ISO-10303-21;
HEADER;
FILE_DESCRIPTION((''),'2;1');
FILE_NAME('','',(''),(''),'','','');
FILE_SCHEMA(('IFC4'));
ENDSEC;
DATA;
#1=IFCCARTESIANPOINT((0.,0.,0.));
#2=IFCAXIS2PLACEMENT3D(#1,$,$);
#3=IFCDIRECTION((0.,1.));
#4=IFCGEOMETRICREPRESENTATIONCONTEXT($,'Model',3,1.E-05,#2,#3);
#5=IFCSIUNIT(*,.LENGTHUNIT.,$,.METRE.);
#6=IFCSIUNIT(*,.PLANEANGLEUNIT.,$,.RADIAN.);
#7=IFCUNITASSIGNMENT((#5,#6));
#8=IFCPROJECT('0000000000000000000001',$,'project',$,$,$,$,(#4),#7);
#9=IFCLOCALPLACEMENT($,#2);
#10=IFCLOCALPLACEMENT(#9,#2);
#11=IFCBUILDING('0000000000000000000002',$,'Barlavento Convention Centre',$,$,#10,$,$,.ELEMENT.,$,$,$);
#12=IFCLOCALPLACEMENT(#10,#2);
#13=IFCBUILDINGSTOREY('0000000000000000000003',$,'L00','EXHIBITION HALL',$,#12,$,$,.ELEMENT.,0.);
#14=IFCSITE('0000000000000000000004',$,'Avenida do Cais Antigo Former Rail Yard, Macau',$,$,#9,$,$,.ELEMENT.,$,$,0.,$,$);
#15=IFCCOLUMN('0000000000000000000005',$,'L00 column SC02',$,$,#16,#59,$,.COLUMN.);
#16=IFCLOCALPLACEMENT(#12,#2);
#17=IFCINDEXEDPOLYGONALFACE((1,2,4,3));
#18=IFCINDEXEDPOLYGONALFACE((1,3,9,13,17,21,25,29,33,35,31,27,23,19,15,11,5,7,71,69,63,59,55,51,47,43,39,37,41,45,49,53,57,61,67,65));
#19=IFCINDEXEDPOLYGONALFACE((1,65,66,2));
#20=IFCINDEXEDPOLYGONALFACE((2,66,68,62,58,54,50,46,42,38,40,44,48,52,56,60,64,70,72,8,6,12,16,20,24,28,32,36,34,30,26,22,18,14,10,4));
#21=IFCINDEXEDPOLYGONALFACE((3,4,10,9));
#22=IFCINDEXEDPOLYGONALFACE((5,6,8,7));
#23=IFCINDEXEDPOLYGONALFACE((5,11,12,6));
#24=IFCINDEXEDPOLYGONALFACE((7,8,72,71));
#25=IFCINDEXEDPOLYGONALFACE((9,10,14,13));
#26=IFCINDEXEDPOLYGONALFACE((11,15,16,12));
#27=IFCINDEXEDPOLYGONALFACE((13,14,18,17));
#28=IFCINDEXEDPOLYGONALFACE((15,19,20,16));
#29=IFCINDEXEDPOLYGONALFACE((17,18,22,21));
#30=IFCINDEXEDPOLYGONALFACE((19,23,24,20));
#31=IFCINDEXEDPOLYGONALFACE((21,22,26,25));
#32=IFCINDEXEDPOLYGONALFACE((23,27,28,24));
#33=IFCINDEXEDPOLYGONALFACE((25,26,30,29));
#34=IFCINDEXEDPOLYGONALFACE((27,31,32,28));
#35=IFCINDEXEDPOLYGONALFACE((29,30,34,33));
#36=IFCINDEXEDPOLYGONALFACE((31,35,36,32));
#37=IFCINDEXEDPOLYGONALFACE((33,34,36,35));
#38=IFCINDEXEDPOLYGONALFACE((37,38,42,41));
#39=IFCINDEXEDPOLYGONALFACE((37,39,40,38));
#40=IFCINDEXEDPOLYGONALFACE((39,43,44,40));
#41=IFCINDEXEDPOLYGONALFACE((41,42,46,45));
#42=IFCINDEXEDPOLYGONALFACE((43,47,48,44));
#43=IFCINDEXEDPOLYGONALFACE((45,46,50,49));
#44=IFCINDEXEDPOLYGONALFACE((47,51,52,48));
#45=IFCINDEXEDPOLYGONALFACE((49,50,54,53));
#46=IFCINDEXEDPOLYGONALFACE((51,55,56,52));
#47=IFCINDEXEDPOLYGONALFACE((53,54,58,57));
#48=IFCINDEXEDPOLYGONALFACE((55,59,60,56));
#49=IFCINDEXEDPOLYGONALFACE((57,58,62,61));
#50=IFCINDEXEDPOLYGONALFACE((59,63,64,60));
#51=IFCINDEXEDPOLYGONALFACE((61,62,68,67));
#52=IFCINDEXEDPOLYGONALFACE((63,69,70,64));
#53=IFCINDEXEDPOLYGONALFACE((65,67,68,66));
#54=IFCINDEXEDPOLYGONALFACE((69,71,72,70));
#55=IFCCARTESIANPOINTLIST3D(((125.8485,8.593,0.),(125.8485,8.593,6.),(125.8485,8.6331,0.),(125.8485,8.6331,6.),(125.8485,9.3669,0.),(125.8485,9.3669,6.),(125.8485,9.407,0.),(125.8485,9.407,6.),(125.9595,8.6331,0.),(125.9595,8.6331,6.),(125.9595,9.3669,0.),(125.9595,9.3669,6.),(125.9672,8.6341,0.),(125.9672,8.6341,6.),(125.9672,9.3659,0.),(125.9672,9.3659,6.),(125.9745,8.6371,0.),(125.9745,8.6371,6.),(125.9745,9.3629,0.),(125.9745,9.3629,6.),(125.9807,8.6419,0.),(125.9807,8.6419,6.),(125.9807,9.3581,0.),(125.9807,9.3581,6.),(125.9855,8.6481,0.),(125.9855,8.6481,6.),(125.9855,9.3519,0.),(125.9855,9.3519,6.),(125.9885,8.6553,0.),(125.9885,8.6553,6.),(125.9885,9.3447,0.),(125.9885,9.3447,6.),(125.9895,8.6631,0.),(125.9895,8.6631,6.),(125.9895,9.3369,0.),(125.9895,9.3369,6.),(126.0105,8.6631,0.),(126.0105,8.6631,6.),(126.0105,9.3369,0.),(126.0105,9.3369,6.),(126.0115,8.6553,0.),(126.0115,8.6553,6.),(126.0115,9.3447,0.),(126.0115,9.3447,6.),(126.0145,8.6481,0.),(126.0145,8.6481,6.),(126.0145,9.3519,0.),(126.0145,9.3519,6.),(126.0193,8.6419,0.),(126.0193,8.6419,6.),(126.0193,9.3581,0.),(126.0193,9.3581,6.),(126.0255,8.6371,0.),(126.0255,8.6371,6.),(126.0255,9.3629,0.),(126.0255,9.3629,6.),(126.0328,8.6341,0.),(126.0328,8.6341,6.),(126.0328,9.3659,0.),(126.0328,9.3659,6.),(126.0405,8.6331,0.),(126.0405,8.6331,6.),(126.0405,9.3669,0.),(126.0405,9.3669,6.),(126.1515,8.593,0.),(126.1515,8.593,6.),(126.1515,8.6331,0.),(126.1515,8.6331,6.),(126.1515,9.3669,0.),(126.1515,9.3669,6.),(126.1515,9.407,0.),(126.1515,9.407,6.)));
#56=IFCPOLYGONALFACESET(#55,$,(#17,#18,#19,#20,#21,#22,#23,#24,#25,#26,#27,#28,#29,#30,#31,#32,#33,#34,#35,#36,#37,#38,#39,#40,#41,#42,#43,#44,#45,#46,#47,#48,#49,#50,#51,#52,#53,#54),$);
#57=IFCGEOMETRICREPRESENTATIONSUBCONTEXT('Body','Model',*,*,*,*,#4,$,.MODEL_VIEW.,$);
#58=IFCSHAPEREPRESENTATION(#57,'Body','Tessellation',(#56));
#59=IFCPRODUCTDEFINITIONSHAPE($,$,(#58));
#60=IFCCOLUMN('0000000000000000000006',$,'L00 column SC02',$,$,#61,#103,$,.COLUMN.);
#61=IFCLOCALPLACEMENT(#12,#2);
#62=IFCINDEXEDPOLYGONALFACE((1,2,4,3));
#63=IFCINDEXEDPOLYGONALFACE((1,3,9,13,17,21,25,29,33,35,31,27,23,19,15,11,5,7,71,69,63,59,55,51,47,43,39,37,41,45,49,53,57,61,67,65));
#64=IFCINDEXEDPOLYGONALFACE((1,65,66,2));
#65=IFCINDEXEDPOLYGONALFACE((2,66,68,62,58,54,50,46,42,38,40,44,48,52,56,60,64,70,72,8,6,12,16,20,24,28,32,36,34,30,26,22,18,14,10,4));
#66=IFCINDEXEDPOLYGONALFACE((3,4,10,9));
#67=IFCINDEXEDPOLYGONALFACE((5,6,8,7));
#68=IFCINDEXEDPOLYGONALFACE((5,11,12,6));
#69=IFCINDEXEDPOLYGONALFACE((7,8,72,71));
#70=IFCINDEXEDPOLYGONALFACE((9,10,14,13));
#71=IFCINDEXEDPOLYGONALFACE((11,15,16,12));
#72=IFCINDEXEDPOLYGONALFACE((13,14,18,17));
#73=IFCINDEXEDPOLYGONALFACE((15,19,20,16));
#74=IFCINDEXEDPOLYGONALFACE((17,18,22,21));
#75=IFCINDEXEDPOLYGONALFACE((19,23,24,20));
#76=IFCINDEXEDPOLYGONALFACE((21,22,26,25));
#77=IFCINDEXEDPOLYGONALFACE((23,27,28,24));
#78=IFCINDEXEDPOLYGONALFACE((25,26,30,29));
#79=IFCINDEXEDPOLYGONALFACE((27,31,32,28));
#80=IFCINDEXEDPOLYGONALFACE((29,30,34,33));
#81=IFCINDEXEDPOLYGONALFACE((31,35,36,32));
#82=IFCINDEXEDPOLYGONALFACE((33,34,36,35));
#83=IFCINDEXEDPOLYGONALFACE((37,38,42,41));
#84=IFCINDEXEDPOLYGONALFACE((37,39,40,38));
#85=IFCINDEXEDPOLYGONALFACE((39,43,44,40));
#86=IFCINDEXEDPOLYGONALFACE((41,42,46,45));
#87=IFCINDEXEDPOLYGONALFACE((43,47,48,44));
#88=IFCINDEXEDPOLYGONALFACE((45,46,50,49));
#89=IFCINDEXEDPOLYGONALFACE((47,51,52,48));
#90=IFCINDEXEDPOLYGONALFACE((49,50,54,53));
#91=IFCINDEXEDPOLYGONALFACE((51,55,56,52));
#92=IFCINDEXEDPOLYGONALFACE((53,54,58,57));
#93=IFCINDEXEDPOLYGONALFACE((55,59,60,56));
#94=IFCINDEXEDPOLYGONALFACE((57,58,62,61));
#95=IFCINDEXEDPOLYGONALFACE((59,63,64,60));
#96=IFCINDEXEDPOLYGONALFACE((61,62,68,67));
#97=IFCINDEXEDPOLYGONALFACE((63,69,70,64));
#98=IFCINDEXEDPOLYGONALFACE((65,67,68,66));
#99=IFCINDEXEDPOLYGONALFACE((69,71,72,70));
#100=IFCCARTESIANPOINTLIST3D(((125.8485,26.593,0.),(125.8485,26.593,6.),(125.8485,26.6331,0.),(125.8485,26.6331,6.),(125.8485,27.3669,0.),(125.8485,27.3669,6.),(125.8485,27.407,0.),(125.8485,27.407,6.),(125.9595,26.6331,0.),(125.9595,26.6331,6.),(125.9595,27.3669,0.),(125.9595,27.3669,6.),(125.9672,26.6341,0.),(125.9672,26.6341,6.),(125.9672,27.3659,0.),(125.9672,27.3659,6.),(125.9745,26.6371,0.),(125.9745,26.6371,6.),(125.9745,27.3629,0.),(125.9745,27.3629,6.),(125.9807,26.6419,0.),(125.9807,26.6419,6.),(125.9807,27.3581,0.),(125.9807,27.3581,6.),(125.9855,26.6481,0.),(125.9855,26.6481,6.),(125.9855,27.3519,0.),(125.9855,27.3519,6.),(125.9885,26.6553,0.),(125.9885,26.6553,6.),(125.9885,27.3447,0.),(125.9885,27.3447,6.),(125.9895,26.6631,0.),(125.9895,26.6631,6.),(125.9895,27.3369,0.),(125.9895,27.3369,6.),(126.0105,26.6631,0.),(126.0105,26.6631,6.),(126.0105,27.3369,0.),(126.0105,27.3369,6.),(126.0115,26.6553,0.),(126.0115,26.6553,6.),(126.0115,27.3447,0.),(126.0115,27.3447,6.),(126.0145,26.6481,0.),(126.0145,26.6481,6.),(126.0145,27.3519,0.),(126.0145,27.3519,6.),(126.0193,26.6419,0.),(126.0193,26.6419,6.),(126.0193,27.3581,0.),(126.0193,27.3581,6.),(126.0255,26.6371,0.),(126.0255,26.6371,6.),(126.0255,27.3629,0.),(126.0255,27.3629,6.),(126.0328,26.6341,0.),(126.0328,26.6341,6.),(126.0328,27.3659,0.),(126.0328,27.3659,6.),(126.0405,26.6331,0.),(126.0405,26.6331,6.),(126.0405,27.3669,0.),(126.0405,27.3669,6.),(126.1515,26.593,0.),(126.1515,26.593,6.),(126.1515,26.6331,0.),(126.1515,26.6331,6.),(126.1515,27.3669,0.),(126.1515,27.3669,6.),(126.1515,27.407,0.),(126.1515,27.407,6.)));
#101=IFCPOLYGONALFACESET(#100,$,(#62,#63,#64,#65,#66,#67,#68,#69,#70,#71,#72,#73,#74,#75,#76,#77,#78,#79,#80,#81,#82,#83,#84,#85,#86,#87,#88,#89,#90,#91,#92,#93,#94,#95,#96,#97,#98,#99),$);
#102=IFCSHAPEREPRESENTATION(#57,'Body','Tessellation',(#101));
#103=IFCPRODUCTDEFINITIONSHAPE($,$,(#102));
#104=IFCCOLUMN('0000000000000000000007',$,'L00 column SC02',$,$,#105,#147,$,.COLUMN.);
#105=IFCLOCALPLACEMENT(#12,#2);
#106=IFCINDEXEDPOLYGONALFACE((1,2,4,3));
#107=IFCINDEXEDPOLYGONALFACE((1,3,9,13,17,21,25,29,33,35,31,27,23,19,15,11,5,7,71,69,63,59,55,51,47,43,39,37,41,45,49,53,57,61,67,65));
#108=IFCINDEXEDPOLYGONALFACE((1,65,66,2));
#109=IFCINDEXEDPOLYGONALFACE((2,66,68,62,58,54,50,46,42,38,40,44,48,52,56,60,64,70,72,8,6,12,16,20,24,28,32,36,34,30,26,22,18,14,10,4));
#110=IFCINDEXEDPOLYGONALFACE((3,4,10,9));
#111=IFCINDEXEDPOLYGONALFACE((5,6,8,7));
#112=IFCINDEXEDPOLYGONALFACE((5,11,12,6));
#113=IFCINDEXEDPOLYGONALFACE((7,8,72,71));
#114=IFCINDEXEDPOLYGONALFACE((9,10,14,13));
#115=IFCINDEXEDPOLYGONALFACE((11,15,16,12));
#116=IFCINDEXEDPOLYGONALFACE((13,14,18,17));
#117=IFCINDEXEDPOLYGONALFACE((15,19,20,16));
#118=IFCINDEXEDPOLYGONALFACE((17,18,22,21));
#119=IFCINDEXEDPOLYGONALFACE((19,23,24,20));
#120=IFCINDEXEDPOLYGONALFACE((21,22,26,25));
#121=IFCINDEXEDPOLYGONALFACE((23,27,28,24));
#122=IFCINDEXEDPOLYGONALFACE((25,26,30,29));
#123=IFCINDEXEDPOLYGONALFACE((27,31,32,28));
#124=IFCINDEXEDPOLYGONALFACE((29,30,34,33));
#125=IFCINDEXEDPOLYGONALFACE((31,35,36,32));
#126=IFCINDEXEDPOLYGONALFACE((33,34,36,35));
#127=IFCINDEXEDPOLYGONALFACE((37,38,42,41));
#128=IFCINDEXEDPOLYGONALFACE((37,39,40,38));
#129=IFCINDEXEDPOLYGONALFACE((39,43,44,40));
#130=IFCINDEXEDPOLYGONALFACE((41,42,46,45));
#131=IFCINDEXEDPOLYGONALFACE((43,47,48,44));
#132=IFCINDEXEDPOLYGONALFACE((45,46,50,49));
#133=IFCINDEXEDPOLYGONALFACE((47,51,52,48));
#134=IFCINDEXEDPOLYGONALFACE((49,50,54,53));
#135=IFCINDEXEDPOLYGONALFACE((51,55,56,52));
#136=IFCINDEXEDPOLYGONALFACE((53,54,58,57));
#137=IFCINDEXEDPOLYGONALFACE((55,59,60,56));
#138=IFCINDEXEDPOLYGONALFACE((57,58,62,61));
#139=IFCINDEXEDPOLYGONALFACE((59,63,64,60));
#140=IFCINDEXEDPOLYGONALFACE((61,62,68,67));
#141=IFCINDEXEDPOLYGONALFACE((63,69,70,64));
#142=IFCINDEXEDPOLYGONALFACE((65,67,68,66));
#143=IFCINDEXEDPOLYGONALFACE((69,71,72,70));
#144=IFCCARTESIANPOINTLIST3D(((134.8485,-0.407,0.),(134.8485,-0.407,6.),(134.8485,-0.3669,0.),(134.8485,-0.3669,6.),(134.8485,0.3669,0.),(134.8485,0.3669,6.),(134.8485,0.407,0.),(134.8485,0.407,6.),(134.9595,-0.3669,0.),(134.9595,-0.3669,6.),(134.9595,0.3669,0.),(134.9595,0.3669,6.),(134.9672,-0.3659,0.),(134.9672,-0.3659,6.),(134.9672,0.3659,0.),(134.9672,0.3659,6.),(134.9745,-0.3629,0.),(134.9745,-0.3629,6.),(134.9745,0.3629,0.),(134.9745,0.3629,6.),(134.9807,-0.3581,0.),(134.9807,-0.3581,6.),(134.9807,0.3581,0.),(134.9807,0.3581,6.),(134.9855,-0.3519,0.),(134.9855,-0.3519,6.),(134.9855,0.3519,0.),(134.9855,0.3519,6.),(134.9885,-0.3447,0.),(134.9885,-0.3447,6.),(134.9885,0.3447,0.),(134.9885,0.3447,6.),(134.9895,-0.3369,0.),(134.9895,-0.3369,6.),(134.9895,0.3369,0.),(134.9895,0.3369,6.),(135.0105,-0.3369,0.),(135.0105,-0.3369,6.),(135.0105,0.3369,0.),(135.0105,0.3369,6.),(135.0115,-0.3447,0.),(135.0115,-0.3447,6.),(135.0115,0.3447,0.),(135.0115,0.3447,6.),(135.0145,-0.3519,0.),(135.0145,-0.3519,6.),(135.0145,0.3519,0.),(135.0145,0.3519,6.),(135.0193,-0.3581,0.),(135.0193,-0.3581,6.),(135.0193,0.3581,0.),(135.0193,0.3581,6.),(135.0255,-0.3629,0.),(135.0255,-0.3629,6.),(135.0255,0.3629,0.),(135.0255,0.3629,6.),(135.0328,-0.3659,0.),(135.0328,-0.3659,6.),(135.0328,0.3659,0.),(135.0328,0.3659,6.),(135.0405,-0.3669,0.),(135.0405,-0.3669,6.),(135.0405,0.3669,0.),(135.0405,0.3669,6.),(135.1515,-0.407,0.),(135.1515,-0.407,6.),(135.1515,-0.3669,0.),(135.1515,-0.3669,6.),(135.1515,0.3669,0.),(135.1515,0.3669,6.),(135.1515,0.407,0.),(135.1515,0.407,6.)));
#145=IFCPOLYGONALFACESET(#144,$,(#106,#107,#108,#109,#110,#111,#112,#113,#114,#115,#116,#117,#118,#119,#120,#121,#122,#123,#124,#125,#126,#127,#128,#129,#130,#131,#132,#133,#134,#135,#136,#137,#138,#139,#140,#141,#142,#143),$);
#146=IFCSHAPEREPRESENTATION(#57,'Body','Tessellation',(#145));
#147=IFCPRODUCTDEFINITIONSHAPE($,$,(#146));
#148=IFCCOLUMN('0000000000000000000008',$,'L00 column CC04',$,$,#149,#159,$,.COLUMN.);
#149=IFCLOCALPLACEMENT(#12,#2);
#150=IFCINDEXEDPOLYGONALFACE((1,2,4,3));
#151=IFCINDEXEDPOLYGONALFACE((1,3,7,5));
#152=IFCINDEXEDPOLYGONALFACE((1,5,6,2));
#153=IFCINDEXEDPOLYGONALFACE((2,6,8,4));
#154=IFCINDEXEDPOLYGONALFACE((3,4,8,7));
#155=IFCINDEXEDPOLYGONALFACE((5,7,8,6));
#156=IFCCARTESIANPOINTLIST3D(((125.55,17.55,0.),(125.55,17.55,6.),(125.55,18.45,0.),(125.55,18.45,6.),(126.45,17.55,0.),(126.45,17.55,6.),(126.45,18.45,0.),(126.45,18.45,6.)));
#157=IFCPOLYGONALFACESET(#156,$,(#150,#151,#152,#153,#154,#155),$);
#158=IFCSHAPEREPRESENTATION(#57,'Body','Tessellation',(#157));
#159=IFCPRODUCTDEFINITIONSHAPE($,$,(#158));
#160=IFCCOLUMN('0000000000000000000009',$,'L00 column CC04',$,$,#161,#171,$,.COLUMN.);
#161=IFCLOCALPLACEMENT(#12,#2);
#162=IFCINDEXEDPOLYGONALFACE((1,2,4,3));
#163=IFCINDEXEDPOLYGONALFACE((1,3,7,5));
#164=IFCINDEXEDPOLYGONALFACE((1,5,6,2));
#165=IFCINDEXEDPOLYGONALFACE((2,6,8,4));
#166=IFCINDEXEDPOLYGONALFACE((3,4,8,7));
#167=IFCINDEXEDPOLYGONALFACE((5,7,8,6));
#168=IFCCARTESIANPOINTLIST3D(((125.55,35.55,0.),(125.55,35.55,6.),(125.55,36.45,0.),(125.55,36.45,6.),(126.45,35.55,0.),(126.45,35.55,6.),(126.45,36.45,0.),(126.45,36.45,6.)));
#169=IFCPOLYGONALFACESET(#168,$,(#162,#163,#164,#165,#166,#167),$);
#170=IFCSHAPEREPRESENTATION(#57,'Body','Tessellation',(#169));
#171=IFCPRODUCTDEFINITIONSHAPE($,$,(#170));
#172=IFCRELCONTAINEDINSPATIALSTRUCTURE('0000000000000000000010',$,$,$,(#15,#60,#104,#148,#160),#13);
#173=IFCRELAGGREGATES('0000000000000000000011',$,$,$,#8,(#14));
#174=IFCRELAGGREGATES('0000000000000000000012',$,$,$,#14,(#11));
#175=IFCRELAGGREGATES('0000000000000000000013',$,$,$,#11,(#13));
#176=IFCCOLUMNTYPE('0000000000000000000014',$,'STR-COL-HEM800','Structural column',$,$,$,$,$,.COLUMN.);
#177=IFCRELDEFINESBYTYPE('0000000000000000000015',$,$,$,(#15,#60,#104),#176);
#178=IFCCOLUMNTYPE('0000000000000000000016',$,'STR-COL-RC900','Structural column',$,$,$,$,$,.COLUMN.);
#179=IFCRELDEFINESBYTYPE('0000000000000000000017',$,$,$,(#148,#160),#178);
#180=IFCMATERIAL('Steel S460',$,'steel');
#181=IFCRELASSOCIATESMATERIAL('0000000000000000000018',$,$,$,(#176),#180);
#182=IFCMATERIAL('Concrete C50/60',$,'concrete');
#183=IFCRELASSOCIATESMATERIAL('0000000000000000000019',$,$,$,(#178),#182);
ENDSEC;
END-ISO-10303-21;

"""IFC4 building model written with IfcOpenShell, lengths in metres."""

from ifc_helpers import new_model, si_unit, direction, frame, origin, origin_2d, place, context, subcontext, project, spatial, rectangle, i_section, extrude, material, material_profile, profile_set, type_object, element, save


model = new_model("IFC4")

# Units and contexts
model_context = context("Model", 3, precision=1e-05, world=origin(), true_north=direction((0.0, 1.0)))
body_context = subcontext(model_context, "Body", "Model", "MODEL_VIEW")
ifc_project = project(units=[si_unit("LENGTHUNIT", "METRE"), si_unit("PLANEANGLEUNIT", "RADIAN")], contexts=[model_context])

# Site, building, storey
site_placement = place(None, origin())
site = spatial("IfcSite", under=ifc_project, at=site_placement, Name="Avenida do Cais Antigo Former Rail Yard, Macau", CompositionType="ELEMENT", RefElevation=0.0)
building_placement = place(site_placement, origin())
building = spatial("IfcBuilding", under=site, at=building_placement, Name="Barlavento Convention Centre", CompositionType="ELEMENT")
storey_placement = place(building_placement, origin())
storey = spatial("IfcBuildingStorey", under=building, at=storey_placement, Name="L00", Description="EXHIBITION HALL", CompositionType="ELEMENT", Elevation=0.0)

# Columns
ifc_material_1 = material(Name="Steel S460", Category="steel")
ifc_material_profile_1 = material_profile(ifc_material_1, i_section(OverallWidth=0.303, OverallDepth=0.814, WebThickness=0.021, FlangeThickness=0.04, FilletRadius=0.03, at=origin_2d()), Name="HEM 800")
ifc_profile_set_1 = profile_set([ifc_material_profile_1], Name="Steel S460")
column_type_1 = type_object("IfcColumnType", Name="STR-COL-HEM800", Description="Structural column", PredefinedType="COLUMN", material=ifc_profile_set_1)
for number, where, z_axis, x_axis, name in (
    (1, (126.0, 9.0, 0.0), (0.0, 0.0, 1.0), (1.0, 0.0, 0.0), "L00 column SC02"),
    (2, (126.0, 27.0, 0.0), (0.0, 0.0, 1.0), (1.0, 0.0, 0.0), "L00 column SC02"),
    (3, (135.0, 0.0, 0.0), (0.0, 0.0, 1.0), (1.0, 0.0, 0.0), "L00 column SC02"),
):
    element("IfcColumn", number, at=place(storey_placement, frame(where, z_axis=z_axis, x_axis=x_axis)), inside=storey, type_object=column_type_1, Name=name, PredefinedType="COLUMN", context=body_context, shape_type="SweptSolid", body=[
        extrude(i_section(OverallWidth=0.303, OverallDepth=0.814, WebThickness=0.021, FlangeThickness=0.04, FilletRadius=0.03, at=origin_2d()), origin(), (0.0, 0.0, 1.0), 6.0),
    ])
ifc_material_2 = material(Name="Concrete C50/60", Category="concrete")
ifc_material_profile_2 = material_profile(ifc_material_2, rectangle(XDim=0.8999, YDim=0.8999, at=origin_2d()), Name="RC 900x900")
ifc_profile_set_2 = profile_set([ifc_material_profile_2], Name="Concrete C50/60")
column_type_2 = type_object("IfcColumnType", Name="STR-COL-RC900", Description="Structural column", PredefinedType="COLUMN", material=ifc_profile_set_2)
for number, where, z_axis, x_axis, name in (
    (4, (126.0, 18.0, 0.0), (0.0, 0.0, 1.0), (1.0, 0.0, 0.0), "L00 column CC04"),
    (5, (126.0, 36.0, 0.0), (0.0, 0.0, 1.0), (1.0, 0.0, 0.0), "L00 column CC04"),
):
    element("IfcColumn", number, at=place(storey_placement, frame(where, z_axis=z_axis, x_axis=x_axis)), inside=storey, type_object=column_type_2, Name=name, PredefinedType="COLUMN", context=body_context, shape_type="SweptSolid", body=[
        extrude(rectangle(XDim=0.8999, YDim=0.8999, at=origin_2d()), origin(), (0.0, 0.0, 1.0), 6.0),
    ])

save(model, "model.ifc")
